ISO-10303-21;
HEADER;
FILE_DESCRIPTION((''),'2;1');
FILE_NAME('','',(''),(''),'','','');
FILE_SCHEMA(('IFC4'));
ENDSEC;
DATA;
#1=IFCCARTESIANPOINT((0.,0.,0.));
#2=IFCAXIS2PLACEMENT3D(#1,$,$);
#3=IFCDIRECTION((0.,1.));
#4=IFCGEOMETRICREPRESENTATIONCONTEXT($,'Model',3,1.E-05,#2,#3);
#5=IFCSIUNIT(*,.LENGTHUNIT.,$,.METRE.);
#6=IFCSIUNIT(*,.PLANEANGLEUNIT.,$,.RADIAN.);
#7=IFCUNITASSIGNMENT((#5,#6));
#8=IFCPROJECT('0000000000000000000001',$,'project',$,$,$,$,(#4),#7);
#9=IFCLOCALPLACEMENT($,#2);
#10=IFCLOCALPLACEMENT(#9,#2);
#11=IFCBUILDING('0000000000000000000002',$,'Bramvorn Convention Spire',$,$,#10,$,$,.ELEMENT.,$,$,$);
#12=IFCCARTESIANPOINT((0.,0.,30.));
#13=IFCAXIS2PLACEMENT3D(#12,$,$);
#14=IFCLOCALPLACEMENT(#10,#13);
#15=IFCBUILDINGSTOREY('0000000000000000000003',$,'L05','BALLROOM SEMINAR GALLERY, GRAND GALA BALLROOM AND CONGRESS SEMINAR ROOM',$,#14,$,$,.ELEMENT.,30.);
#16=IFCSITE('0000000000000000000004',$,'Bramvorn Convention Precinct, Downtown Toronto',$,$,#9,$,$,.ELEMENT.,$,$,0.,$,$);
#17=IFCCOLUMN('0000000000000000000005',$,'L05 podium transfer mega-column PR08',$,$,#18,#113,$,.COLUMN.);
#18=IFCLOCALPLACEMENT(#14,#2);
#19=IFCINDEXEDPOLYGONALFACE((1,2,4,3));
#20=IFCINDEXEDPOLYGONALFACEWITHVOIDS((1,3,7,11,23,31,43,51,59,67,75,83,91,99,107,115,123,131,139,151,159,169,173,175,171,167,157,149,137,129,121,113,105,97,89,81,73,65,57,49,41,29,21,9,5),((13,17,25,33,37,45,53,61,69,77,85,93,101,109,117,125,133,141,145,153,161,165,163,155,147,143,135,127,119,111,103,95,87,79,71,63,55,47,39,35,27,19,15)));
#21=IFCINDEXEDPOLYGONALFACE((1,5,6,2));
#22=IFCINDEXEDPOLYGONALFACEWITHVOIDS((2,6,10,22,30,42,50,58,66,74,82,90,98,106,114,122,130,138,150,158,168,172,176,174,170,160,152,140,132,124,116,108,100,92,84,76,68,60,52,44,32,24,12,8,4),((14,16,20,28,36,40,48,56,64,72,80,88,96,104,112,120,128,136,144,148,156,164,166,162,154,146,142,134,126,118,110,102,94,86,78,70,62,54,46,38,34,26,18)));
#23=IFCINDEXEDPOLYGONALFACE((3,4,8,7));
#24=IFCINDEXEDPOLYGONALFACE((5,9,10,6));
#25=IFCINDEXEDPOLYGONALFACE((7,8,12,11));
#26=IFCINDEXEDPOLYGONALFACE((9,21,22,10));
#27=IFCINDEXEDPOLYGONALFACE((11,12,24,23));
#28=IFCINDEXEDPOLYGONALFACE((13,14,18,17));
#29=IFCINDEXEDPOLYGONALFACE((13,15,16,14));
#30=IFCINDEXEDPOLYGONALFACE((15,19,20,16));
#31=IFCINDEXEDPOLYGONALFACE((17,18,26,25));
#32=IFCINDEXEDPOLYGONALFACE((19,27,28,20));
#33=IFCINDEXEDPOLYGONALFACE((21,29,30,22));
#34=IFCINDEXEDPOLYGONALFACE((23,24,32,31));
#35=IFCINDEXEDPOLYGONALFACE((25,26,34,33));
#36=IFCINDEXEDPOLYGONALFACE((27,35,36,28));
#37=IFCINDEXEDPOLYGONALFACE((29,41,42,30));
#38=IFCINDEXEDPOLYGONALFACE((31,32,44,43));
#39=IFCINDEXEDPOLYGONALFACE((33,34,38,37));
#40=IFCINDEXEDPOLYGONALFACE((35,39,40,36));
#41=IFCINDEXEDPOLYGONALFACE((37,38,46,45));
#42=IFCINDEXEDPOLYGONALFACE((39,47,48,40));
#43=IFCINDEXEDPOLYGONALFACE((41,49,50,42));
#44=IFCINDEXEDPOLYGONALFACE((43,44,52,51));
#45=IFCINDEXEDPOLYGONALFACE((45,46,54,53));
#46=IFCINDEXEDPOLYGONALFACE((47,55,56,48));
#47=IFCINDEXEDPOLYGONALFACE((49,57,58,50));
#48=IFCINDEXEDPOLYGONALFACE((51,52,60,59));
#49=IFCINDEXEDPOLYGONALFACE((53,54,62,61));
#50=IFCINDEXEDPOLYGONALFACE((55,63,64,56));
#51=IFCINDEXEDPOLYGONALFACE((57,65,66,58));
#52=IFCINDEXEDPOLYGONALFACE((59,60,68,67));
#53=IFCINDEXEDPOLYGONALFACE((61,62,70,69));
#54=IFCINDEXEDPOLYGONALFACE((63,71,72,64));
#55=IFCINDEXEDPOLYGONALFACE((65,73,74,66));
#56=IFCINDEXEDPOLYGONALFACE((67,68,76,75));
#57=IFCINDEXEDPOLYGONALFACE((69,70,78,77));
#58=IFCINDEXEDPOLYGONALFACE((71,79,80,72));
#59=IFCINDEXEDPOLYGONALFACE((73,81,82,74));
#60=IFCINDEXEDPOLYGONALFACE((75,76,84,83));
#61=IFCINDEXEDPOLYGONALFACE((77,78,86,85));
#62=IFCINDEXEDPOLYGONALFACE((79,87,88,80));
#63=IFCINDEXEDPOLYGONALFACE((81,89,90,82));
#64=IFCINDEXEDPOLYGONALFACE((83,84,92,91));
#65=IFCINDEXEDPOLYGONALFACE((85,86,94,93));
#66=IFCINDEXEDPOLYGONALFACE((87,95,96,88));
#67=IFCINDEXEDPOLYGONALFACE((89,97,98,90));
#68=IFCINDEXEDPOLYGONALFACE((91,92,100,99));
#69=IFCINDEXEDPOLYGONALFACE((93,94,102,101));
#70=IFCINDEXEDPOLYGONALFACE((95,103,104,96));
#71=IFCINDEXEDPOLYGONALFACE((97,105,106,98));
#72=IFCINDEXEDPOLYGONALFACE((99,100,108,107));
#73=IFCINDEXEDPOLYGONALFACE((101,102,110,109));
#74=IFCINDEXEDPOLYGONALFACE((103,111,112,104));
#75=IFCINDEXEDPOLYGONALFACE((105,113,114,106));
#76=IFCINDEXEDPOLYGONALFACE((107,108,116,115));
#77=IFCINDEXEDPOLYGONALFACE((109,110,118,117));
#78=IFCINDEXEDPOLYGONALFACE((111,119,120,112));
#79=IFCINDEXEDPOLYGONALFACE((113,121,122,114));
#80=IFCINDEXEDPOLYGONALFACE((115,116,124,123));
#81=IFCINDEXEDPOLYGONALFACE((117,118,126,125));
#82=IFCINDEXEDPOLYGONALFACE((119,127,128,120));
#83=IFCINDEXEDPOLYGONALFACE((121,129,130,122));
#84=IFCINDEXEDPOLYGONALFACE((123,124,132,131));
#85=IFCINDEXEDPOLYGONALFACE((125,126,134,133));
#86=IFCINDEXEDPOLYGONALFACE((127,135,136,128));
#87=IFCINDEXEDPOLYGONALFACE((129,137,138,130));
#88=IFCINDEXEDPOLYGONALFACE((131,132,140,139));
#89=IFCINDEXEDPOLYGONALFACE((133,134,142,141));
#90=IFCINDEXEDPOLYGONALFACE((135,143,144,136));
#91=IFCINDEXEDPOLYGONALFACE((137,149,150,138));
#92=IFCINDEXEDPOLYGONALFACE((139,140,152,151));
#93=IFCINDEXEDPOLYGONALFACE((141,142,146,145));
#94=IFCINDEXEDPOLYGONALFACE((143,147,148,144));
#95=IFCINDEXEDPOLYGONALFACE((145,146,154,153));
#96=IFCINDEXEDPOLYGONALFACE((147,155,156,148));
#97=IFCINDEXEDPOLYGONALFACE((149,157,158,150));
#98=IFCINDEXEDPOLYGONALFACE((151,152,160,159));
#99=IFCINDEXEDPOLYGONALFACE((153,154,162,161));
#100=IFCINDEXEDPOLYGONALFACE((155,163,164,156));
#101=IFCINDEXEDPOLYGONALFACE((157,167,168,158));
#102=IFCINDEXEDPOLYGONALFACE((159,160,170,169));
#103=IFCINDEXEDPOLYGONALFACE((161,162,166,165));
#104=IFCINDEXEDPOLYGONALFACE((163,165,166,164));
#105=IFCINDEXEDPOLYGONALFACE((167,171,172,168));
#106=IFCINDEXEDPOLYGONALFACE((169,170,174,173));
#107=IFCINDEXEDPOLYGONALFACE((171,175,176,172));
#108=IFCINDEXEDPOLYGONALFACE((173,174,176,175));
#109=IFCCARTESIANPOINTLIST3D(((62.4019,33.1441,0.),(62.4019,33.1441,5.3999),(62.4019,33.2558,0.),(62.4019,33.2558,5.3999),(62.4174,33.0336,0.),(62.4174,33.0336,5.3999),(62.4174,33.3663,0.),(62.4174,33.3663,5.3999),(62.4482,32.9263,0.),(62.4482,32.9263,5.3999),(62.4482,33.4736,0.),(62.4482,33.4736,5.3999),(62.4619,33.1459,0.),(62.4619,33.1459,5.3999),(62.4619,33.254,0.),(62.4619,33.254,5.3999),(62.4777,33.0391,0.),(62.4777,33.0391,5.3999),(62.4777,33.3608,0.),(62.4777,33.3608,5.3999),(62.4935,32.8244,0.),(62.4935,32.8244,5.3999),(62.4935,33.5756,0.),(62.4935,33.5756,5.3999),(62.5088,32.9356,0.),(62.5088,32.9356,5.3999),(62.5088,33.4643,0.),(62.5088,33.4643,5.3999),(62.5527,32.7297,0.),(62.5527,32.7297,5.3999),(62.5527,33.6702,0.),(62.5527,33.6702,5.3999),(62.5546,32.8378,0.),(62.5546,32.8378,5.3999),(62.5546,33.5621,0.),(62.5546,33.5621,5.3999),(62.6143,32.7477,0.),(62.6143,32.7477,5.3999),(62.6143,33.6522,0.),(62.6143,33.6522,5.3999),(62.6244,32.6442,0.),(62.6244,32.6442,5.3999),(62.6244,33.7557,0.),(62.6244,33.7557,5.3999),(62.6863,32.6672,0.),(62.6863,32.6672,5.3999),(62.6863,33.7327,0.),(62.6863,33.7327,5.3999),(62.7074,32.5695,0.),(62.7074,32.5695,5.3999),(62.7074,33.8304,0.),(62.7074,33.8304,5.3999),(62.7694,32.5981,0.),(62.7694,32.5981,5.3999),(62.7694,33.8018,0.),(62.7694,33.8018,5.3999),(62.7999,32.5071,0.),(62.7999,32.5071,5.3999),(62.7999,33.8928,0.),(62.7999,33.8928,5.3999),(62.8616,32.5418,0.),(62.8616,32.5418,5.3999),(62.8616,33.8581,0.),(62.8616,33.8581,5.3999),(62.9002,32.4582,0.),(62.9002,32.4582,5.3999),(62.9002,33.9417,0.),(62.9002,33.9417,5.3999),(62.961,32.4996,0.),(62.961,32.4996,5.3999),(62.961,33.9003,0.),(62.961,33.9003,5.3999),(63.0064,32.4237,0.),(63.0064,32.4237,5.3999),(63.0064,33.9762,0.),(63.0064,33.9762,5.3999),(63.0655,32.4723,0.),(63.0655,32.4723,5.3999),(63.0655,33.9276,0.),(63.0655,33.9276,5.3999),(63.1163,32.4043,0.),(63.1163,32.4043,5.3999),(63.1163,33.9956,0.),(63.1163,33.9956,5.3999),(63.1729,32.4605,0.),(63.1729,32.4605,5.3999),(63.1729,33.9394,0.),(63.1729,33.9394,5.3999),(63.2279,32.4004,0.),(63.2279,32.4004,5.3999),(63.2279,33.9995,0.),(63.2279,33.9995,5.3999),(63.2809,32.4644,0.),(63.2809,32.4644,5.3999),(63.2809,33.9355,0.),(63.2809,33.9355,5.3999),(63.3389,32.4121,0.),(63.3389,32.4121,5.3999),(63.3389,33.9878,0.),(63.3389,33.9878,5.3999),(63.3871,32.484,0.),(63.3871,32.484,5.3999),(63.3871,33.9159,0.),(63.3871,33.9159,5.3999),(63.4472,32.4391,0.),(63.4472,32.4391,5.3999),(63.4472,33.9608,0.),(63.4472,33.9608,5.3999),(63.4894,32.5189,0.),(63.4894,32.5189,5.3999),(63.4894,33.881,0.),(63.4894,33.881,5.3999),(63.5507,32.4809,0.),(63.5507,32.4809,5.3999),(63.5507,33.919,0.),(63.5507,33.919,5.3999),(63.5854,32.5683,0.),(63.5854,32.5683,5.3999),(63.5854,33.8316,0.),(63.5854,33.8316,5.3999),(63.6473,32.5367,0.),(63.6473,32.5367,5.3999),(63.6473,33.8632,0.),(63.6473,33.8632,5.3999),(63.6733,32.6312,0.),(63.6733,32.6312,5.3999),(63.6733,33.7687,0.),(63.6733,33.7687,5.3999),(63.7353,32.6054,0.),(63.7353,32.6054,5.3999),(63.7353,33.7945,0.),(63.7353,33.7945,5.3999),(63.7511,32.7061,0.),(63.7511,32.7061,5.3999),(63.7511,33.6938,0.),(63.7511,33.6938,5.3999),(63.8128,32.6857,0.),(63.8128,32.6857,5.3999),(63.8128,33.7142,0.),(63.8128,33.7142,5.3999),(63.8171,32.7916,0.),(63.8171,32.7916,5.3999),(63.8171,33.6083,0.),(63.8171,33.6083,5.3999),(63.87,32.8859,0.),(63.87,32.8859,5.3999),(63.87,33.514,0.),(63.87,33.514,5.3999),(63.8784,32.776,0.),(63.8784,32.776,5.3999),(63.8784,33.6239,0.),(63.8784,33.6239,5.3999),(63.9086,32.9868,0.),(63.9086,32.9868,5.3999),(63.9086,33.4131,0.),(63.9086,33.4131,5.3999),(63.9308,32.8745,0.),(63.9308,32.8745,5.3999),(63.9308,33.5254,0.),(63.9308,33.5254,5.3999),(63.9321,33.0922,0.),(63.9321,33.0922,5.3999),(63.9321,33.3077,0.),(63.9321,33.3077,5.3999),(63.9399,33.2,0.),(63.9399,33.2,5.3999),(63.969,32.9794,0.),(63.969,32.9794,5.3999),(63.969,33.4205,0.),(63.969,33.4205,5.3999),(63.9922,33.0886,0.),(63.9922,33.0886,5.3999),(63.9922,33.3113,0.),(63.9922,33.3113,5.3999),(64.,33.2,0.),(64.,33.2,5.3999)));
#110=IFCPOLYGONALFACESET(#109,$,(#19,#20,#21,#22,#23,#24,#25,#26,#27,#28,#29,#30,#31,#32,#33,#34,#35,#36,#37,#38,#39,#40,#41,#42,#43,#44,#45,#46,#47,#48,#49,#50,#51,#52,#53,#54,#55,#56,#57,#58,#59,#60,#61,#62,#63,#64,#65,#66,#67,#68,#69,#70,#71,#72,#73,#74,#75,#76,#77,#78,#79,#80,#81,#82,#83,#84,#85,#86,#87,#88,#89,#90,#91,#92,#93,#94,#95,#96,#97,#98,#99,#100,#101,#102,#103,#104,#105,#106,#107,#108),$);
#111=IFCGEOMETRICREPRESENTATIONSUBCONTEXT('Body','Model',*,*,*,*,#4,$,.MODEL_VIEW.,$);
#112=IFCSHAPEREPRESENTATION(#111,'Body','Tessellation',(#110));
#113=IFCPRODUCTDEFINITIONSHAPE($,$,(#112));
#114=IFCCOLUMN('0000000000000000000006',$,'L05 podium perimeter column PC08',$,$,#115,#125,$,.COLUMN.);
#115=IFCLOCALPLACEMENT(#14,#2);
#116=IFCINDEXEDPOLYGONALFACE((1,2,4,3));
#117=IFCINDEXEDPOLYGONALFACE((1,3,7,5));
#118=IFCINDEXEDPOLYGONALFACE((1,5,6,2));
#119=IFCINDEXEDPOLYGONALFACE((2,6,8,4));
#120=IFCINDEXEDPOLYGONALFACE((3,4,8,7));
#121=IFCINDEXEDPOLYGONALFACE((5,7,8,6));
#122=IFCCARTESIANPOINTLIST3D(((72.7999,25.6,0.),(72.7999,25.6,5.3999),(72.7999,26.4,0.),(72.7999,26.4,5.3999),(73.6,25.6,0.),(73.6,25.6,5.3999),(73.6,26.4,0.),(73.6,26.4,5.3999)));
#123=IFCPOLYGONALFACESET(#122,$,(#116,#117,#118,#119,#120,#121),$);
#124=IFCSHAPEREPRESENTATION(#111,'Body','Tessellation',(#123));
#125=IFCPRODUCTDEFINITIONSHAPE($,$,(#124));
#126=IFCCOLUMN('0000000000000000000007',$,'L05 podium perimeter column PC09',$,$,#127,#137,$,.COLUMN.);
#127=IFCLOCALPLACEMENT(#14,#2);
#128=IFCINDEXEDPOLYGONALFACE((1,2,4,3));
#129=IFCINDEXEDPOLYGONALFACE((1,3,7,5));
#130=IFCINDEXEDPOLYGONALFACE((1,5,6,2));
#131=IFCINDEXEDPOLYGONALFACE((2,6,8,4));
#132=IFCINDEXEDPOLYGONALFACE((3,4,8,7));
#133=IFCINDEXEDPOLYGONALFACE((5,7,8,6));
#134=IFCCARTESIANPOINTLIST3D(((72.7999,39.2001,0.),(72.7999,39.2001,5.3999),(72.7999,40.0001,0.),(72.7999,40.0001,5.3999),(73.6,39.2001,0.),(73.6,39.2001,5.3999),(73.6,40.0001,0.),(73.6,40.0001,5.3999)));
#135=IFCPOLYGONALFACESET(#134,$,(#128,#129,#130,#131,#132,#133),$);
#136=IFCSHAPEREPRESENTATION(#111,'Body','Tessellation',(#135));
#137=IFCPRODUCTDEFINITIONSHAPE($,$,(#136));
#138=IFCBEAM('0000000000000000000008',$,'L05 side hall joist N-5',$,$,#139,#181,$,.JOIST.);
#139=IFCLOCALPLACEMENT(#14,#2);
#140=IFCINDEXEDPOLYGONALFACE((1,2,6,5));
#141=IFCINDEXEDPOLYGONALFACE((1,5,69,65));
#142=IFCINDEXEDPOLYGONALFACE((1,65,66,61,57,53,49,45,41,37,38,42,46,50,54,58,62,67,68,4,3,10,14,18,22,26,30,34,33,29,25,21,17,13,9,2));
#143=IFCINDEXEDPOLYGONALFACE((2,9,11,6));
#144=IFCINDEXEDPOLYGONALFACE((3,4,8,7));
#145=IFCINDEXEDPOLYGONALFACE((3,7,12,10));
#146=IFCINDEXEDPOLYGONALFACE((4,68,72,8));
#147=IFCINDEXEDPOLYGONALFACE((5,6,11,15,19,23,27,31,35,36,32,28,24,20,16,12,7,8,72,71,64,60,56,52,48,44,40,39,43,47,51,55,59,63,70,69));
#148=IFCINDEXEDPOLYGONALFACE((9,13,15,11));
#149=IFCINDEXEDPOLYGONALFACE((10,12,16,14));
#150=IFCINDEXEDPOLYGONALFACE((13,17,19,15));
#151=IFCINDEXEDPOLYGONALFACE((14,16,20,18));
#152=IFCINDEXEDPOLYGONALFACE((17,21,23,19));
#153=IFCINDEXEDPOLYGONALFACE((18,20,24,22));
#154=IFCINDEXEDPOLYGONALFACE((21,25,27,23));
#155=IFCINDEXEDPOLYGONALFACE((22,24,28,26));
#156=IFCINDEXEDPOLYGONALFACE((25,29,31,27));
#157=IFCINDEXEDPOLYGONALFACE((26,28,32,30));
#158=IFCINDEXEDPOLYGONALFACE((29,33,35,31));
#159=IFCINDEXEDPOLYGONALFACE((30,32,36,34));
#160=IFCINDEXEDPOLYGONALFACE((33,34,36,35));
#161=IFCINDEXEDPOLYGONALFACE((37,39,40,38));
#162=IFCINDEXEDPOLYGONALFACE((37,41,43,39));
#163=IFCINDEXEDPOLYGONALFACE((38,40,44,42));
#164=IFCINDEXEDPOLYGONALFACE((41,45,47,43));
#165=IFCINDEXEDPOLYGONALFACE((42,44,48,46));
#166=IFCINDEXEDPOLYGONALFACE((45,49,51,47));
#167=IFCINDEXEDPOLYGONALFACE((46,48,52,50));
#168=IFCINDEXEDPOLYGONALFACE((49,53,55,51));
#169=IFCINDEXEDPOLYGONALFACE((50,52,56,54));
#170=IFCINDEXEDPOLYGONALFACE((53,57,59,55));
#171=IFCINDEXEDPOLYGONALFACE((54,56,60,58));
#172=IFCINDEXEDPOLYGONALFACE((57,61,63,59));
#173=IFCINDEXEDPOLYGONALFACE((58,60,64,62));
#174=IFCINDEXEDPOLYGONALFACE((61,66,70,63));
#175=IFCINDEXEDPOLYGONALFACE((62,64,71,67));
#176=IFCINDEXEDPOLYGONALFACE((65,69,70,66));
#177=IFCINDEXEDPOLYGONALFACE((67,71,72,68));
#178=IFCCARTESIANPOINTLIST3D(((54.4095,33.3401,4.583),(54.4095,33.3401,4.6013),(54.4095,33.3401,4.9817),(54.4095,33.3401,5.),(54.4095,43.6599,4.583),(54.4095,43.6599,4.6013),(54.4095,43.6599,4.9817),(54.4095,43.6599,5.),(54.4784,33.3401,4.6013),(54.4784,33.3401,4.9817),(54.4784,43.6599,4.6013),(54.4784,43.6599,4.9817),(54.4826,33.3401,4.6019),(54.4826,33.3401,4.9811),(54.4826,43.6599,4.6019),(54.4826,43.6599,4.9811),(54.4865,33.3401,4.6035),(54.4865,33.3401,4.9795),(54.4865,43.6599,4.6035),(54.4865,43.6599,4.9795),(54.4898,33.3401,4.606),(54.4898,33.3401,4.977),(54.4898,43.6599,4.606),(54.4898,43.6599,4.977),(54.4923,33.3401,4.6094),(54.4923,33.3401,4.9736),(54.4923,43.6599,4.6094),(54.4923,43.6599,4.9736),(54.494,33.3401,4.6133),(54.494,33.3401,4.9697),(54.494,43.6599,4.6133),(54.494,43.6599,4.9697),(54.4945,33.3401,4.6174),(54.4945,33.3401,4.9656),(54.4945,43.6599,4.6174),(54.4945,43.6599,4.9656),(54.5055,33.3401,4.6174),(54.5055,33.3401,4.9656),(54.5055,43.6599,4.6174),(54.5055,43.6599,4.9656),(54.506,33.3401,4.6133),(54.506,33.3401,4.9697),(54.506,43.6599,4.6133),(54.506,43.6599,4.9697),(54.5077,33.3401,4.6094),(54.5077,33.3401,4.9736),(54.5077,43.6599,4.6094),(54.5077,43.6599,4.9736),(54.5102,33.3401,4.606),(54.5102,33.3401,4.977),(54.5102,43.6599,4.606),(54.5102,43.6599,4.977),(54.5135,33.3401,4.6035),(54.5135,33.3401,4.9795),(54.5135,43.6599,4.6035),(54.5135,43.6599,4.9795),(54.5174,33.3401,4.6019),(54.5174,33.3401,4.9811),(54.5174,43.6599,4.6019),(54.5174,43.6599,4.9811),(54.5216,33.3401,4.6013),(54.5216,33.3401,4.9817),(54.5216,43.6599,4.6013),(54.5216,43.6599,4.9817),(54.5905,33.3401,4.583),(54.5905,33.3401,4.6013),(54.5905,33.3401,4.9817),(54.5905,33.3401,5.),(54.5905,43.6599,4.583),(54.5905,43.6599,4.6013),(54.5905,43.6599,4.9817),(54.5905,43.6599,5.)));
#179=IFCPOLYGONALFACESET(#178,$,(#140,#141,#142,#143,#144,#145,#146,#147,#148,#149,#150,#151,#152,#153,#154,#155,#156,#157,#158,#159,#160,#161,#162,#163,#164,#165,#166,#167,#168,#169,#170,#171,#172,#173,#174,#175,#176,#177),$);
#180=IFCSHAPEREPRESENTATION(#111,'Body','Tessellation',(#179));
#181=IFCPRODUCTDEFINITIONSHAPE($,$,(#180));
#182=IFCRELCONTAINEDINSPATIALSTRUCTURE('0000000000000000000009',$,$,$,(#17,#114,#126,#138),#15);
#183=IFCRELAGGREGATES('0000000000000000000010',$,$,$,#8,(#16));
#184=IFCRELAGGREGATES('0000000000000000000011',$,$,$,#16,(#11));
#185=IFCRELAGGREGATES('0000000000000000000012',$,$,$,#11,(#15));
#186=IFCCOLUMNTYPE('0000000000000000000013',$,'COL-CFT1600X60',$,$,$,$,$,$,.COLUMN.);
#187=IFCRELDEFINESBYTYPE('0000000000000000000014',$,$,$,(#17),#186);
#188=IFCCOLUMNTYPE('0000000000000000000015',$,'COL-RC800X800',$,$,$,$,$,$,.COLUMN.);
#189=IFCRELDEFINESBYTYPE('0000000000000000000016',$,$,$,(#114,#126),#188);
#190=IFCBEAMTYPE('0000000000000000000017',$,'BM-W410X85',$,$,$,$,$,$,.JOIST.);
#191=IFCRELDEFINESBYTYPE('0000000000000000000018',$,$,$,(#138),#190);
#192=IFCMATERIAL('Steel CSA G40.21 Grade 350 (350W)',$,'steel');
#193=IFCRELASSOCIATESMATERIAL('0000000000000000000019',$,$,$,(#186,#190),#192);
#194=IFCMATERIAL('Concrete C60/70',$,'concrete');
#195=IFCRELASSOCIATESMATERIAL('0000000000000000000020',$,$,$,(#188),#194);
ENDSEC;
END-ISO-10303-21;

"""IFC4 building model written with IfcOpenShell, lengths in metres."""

from ifc_helpers import new_model, si_unit, direction, frame, origin, origin_2d, place, context, subcontext, project, spatial, rectangle, hollow_circle, i_section, extrude, material, material_profile, profile_set, type_object, element, save


model = new_model("IFC4")

# Units and contexts
model_context = context("Model", 3, precision=1e-05, world=origin(), true_north=direction((0.0, 1.0)))
body_context = subcontext(model_context, "Body", "Model", "MODEL_VIEW")
ifc_project = project(units=[si_unit("LENGTHUNIT", "METRE"), si_unit("PLANEANGLEUNIT", "RADIAN")], contexts=[model_context])

# Site, building, storey
site_placement = place(None, origin())
site = spatial("IfcSite", under=ifc_project, at=site_placement, Name="Bramvorn Convention Precinct, Downtown Toronto", CompositionType="ELEMENT", RefElevation=0.0)
building_placement = place(site_placement, origin())
building = spatial("IfcBuilding", under=site, at=building_placement, Name="Bramvorn Convention Spire", CompositionType="ELEMENT")
storey_placement = place(building_placement, frame((0.0, 0.0, 30.0)))
storey = spatial("IfcBuildingStorey", under=building, at=storey_placement, Name="L05", Description="BALLROOM SEMINAR GALLERY, GRAND GALA BALLROOM AND CONGRESS SEMINAR ROOM", CompositionType="ELEMENT", Elevation=30.0)

# Columns
ifc_material_1 = material(Name="Steel CSA G40.21 Grade 350 (350W)", Category="steel")
ifc_material_profile_1 = material_profile(ifc_material_1, hollow_circle(Radius=0.8, WallThickness=0.0601, at=origin_2d()))
ifc_profile_set_1 = profile_set([ifc_material_profile_1], Name="Steel CSA G40.21 Grade 350 (350W) - CFT1600X60")
column_type_1 = type_object("IfcColumnType", Name="COL-CFT1600X60", PredefinedType="COLUMN", material=ifc_profile_set_1)
column_placement = place(storey_placement, frame((63.2, 33.2, 0.0), z_axis=(0.0, 0.0, 1.0), x_axis=(1.0, 0.0, 0.0)))
element("IfcColumn", 1, at=column_placement, inside=storey, type_object=column_type_1, Name="L05 podium transfer mega-column PR08", PredefinedType="COLUMN", context=body_context, shape_type="SweptSolid", body=[
    extrude(hollow_circle(Radius=0.8, WallThickness=0.0601, at=origin_2d()), origin(), (0.0, 0.0, 1.0), 5.3999),
])
ifc_material_2 = material(Name="Concrete C60/70", Category="concrete")
ifc_material_profile_2 = material_profile(ifc_material_2, rectangle(XDim=0.8, YDim=0.8, at=origin_2d()))
ifc_profile_set_2 = profile_set([ifc_material_profile_2], Name="Concrete C60/70 - RC800X800")
column_type_2 = type_object("IfcColumnType", Name="COL-RC800X800", PredefinedType="COLUMN", material=ifc_profile_set_2)
for number, where, z_axis, x_axis, name in (
    (2, (73.2, 26.0, 0.0), (0.0, 0.0, 1.0), (1.0, 0.0, 0.0), "L05 podium perimeter column PC08"),
    (3, (73.2, 39.6001, 0.0), (0.0, 0.0, 1.0), (1.0, 0.0, 0.0), "L05 podium perimeter column PC09"),
):
    element("IfcColumn", number, at=place(storey_placement, frame(where, z_axis=z_axis, x_axis=x_axis)), inside=storey, type_object=column_type_2, Name=name, PredefinedType="COLUMN", context=body_context, shape_type="SweptSolid", body=[
        extrude(rectangle(XDim=0.8, YDim=0.8, at=origin_2d()), origin(), (0.0, 0.0, 1.0), 5.3999),
    ])

# Beam
ifc_material_profile_3 = material_profile(ifc_material_1, i_section(OverallWidth=0.1809, OverallDepth=0.417, WebThickness=0.011, FlangeThickness=0.0183, FilletRadius=0.0161, at=origin_2d()))
ifc_profile_set_3 = profile_set([ifc_material_profile_3], Name="Steel CSA G40.21 Grade 350 (350W) - W410X85")
beam_type_1 = type_object("IfcBeamType", Name="BM-W410X85", PredefinedType="JOIST", material=ifc_profile_set_3)
for number, where, z_axis, x_axis, name in (
    (4, (54.5, 33.3401, 4.7915), (0.0, 1.0, 0.0), (-1.0, 0.0, 0.0), "L05 side hall joist N-5"),
):
    element("IfcBeam", number, at=place(storey_placement, frame(where, z_axis=z_axis, x_axis=x_axis)), inside=storey, type_object=beam_type_1, Name=name, PredefinedType="JOIST", context=body_context, shape_type="SweptSolid", body=[
        extrude(i_section(OverallWidth=0.1809, OverallDepth=0.417, WebThickness=0.011, FlangeThickness=0.0183, FilletRadius=0.0161, at=origin_2d()), origin(), (0.0, 0.0, 1.0), 10.3198),
    ])

save(model, "model.ifc")
